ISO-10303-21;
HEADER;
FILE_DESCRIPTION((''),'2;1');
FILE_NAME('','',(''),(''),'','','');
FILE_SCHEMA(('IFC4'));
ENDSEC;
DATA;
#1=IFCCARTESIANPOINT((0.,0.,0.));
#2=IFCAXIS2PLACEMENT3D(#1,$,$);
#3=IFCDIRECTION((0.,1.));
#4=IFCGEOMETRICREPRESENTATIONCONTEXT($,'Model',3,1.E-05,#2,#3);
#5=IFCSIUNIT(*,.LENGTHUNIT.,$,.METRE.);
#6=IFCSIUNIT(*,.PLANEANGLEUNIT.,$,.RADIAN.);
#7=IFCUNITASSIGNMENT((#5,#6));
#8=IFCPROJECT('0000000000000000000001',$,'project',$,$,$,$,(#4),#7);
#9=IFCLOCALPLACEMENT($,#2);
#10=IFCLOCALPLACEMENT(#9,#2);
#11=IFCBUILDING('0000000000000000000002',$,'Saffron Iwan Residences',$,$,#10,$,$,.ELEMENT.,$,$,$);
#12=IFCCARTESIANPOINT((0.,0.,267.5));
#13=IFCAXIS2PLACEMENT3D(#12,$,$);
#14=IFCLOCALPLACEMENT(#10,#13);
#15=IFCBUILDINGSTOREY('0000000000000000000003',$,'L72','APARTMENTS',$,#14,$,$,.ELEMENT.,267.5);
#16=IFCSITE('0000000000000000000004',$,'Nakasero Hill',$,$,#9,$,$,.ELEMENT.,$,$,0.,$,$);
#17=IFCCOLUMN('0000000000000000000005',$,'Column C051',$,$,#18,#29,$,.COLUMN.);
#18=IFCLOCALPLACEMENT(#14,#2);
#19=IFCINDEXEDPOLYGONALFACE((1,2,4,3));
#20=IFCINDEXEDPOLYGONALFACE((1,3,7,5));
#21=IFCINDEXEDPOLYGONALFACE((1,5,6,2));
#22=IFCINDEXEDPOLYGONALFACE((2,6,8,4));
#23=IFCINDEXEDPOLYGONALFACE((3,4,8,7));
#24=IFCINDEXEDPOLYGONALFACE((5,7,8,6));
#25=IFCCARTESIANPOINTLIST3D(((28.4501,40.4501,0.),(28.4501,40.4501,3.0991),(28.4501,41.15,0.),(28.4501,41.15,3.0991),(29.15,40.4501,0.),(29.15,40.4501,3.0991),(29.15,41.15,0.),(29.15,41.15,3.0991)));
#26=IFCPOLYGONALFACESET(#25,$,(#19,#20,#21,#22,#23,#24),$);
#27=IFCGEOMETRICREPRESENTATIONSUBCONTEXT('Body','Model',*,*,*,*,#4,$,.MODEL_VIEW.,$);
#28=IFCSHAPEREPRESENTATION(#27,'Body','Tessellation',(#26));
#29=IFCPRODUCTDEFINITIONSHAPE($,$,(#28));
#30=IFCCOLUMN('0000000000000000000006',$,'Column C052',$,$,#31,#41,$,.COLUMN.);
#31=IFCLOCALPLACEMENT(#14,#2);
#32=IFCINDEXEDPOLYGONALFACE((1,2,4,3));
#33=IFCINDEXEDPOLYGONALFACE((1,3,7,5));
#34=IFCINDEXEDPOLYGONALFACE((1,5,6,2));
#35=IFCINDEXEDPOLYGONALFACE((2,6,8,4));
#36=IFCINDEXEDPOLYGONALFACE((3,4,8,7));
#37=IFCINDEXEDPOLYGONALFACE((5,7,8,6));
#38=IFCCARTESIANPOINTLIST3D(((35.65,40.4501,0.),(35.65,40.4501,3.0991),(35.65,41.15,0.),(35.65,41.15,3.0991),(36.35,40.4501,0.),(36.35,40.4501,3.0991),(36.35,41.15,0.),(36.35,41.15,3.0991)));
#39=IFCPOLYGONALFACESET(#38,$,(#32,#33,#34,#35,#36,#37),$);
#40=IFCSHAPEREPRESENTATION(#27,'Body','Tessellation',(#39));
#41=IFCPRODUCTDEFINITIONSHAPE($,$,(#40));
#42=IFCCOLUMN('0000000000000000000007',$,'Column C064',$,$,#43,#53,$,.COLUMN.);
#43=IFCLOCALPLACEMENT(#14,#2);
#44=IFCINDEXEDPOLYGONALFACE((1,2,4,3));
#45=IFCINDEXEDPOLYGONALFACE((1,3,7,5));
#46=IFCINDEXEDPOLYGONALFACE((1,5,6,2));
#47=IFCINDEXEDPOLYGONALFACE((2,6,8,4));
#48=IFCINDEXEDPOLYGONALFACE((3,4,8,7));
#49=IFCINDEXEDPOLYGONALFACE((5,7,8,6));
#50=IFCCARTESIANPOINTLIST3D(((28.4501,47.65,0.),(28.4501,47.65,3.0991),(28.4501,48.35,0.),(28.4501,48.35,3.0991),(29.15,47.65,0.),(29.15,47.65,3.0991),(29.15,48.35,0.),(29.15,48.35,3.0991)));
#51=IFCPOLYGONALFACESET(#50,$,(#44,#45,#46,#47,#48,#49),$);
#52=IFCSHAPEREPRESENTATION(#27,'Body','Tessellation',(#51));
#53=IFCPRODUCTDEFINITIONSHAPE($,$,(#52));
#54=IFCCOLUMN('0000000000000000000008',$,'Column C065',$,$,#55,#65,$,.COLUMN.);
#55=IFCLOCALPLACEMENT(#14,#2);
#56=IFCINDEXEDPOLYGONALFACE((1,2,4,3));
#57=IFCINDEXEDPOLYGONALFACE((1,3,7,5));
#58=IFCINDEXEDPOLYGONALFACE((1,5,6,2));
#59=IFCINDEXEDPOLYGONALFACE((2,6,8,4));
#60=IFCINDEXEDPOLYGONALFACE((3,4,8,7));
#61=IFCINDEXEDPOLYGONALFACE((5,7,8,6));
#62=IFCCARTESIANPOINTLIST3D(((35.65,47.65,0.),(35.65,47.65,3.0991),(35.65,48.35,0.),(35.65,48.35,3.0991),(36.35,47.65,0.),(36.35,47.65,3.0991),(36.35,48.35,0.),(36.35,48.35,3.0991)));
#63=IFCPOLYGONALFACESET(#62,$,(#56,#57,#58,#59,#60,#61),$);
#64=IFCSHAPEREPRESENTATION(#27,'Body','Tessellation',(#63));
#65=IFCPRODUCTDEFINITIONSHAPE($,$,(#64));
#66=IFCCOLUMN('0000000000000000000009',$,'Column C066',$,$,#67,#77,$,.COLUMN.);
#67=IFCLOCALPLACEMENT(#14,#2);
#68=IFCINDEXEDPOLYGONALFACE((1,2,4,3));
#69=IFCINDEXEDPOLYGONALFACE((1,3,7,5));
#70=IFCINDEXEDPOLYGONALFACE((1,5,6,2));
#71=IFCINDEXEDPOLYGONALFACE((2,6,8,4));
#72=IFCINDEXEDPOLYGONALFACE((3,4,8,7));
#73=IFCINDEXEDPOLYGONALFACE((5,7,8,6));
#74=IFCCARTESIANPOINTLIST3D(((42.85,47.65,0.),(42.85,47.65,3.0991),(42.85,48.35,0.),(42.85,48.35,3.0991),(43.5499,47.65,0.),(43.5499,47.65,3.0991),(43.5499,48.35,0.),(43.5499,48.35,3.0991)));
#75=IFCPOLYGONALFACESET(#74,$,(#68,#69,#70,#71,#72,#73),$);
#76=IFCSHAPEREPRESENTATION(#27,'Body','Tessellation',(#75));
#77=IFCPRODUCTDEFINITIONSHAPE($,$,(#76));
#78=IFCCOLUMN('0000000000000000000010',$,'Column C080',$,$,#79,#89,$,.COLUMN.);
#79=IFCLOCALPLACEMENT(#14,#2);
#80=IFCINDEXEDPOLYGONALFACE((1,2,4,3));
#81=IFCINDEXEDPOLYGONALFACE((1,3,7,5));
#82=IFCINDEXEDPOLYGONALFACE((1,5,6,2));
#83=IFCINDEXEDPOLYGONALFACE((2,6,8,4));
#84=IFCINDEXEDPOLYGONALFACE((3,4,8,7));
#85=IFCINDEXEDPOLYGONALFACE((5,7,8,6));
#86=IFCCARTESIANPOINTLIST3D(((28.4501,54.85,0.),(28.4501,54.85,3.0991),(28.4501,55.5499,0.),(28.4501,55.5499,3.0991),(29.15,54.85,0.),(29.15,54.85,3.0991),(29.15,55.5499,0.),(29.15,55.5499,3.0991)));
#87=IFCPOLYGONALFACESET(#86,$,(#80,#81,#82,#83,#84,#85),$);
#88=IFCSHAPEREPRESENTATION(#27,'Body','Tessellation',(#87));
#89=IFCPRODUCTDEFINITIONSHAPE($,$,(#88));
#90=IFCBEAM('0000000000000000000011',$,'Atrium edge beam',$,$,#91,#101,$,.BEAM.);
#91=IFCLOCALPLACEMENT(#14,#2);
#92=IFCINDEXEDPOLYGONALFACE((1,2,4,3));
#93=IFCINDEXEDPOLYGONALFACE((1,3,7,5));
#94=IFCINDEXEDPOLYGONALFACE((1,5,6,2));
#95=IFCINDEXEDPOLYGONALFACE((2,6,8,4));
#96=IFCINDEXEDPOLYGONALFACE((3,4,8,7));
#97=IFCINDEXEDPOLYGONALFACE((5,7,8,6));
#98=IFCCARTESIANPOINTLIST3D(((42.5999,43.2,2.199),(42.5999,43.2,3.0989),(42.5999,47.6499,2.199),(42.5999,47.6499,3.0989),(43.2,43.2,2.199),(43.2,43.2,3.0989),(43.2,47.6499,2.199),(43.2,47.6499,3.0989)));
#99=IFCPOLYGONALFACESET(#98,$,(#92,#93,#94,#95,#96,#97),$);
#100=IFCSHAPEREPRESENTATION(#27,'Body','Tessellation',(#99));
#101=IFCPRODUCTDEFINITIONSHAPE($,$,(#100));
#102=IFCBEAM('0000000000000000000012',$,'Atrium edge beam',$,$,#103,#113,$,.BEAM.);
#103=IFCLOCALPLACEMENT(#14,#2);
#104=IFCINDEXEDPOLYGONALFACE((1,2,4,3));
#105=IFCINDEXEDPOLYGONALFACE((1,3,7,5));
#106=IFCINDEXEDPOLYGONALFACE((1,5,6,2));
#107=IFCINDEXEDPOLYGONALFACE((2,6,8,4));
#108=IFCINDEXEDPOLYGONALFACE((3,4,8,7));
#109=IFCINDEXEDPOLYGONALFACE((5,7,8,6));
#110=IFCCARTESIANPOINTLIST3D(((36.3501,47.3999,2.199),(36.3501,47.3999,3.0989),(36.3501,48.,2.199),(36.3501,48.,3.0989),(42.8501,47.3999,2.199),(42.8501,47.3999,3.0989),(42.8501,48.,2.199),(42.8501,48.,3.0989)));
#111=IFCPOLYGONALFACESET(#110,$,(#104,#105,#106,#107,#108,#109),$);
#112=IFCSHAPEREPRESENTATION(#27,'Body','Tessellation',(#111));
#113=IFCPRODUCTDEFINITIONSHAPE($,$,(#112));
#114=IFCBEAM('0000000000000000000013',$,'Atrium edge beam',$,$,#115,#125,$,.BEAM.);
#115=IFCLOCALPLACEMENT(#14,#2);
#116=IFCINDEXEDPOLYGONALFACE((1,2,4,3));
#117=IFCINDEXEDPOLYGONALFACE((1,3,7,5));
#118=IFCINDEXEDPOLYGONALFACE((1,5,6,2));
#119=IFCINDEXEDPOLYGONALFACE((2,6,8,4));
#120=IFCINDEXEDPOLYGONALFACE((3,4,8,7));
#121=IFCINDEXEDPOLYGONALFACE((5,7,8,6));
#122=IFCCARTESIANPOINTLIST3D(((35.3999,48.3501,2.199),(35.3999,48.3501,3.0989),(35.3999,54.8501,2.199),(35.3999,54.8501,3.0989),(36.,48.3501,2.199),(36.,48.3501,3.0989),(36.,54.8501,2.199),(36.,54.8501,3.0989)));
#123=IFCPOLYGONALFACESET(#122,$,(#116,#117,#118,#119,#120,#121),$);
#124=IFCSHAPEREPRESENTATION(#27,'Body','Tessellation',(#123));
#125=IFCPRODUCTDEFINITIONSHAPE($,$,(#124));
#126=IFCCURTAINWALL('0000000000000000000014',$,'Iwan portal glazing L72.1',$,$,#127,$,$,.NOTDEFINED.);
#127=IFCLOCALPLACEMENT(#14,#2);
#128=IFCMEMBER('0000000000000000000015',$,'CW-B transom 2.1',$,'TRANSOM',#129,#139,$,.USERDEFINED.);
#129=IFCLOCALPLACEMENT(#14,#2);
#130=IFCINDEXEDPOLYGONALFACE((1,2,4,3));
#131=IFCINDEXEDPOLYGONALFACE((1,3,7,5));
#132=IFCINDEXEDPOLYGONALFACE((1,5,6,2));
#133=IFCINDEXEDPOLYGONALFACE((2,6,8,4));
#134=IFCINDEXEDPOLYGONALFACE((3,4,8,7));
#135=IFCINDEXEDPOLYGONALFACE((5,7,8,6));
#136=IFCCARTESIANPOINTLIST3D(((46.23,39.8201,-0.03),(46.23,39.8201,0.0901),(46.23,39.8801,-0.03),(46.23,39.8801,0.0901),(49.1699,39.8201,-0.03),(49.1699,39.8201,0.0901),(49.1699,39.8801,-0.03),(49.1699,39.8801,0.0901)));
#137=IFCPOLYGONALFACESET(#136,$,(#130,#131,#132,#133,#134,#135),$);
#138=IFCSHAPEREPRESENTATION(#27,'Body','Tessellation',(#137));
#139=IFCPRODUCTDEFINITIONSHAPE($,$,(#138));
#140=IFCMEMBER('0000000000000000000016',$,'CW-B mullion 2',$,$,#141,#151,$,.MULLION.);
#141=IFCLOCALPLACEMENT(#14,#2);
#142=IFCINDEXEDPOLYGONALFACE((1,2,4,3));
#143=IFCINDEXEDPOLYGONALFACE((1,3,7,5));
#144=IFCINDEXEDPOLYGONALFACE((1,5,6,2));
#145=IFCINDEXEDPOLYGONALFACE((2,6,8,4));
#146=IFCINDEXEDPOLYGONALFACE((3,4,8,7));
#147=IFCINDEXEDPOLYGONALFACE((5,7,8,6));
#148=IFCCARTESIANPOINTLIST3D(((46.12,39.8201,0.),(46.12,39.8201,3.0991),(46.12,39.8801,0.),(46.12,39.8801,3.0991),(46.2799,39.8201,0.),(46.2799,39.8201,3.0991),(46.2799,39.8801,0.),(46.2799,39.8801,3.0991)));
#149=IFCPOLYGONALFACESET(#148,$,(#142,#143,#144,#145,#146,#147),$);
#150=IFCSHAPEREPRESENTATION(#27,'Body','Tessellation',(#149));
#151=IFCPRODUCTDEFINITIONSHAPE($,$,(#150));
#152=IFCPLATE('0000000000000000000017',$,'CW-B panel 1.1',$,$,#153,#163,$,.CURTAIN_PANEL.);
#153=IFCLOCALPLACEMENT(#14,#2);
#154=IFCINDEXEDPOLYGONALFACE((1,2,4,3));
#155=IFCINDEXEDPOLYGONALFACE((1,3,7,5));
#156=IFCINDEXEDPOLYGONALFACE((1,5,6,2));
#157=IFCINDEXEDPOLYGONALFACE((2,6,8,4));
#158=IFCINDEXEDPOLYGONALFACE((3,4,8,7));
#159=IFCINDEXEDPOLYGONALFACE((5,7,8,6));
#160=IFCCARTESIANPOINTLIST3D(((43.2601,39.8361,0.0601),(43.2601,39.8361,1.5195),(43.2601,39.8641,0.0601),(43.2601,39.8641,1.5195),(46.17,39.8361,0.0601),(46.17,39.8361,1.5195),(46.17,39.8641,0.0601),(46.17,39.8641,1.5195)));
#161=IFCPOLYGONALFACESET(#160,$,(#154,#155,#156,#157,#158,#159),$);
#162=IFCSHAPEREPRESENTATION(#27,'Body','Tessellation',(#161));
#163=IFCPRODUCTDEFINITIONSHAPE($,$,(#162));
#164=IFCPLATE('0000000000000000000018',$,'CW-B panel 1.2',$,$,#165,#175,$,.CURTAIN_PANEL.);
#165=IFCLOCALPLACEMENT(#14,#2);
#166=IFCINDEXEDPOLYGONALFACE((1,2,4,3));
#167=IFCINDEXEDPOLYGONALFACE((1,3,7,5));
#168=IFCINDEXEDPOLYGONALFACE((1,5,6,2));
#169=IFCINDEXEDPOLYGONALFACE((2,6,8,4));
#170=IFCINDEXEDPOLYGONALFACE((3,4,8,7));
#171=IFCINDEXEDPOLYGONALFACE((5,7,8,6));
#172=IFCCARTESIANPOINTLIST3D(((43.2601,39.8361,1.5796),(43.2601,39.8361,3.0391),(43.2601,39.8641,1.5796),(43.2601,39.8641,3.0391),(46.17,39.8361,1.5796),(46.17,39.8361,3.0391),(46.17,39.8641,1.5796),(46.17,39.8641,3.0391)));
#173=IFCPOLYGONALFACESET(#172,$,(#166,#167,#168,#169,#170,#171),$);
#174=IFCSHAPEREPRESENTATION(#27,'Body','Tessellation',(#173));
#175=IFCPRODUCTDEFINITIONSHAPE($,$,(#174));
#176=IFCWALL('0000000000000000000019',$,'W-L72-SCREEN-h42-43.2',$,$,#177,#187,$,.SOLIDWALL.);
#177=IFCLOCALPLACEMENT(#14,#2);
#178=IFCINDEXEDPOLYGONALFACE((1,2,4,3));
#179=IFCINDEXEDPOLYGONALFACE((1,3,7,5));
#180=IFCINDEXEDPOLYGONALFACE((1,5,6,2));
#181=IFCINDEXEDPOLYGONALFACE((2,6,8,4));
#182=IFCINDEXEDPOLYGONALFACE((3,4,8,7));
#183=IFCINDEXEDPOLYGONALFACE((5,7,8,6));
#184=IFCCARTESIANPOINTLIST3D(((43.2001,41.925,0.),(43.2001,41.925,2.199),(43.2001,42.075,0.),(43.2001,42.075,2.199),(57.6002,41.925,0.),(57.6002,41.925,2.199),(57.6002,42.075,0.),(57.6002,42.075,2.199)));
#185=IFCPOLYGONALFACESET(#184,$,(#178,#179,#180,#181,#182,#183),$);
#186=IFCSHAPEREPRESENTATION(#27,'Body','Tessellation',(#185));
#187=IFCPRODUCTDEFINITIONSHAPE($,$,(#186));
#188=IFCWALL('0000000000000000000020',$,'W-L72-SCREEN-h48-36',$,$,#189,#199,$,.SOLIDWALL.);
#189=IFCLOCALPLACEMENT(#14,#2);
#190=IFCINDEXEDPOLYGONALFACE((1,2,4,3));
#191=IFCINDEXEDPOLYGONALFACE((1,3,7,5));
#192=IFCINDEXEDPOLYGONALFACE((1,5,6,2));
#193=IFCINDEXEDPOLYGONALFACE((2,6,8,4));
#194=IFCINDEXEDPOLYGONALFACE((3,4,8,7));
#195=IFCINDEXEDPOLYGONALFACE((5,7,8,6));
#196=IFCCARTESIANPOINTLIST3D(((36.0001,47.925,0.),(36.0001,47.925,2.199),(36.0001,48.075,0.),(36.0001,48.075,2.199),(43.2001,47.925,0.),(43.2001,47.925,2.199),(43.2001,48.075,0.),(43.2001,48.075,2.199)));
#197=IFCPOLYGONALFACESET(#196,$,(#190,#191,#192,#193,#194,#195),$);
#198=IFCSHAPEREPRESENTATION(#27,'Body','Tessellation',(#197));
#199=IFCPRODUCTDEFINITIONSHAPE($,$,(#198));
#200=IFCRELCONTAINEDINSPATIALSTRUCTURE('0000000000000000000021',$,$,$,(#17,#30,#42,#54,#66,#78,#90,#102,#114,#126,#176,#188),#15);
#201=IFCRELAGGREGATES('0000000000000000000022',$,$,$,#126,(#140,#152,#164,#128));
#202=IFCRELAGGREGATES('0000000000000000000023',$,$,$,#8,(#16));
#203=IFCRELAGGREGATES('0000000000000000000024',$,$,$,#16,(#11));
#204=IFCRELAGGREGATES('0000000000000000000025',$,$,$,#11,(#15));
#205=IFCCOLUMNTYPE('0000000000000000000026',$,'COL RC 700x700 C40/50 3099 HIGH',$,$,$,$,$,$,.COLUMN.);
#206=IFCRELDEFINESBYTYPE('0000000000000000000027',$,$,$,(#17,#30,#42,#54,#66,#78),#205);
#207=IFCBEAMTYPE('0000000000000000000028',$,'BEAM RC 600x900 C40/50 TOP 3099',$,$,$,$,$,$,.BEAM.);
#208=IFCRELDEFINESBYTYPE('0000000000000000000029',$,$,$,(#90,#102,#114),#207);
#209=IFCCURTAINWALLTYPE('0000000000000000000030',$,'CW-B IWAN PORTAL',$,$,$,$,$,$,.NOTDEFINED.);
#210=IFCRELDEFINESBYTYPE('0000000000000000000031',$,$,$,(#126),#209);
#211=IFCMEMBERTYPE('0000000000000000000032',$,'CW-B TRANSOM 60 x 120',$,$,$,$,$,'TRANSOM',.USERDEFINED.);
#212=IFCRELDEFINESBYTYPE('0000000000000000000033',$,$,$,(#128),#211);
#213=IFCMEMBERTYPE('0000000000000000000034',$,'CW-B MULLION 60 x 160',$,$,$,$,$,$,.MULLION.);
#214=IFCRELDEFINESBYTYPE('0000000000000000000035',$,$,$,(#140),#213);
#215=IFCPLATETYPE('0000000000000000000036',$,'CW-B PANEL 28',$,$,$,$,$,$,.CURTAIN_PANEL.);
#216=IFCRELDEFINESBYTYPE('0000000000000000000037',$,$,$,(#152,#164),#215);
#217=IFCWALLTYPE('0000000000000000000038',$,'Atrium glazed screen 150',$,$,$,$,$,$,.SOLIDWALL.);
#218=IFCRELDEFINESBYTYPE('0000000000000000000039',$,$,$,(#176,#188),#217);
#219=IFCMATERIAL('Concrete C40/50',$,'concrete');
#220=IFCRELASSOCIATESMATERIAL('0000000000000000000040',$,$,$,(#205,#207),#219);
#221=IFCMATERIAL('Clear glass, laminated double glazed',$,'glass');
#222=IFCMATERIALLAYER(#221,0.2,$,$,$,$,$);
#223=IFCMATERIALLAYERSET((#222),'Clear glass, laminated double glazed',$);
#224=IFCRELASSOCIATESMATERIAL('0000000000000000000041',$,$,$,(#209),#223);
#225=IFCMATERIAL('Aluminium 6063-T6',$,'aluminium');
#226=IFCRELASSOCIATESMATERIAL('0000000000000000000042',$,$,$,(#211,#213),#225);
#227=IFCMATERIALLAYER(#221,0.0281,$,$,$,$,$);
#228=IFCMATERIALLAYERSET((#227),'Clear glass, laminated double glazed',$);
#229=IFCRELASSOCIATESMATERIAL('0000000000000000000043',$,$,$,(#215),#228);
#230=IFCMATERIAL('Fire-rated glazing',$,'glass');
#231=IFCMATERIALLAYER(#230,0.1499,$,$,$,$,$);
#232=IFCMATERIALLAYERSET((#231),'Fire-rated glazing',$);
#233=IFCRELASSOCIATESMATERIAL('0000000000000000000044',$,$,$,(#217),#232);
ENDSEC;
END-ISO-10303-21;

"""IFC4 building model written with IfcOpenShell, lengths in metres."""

from ifc_helpers import new_model, si_unit, direction, frame, frame_2d, origin, origin_2d, place, context, subcontext, project, spatial, rectangle, extrude, source, transform, mapped, material, layer, layer_set, material_profile, profile_set, type_object, element, aggregate, save


model = new_model("IFC4")

# Units and contexts
model_context = context("Model", 3, precision=1e-05, world=origin(), true_north=direction((0.0, 1.0)))
body_context = subcontext(model_context, "Body", "Model", "MODEL_VIEW")
ifc_project = project(units=[si_unit("LENGTHUNIT", "METRE"), si_unit("PLANEANGLEUNIT", "RADIAN")], contexts=[model_context])

# Site, building, storey
site_placement = place(None, origin())
site = spatial("IfcSite", under=ifc_project, at=site_placement, Name="Nakasero Hill", CompositionType="ELEMENT", RefElevation=0.0)
building_placement = place(site_placement, origin())
building = spatial("IfcBuilding", under=site, at=building_placement, Name="Saffron Iwan Residences", CompositionType="ELEMENT")
storey_placement = place(building_placement, frame((0.0, 0.0, 267.5)))
storey = spatial("IfcBuildingStorey", under=building, at=storey_placement, Name="L72", Description="APARTMENTS", CompositionType="ELEMENT", Elevation=267.5)

# Columns
ifc_material_1 = material(Name="Concrete C40/50", Category="concrete")
ifc_material_profile_1 = material_profile(ifc_material_1, rectangle(XDim=0.7, YDim=0.7, at=origin_2d()), Name="RC 700x700")
ifc_profile_set_1 = profile_set([ifc_material_profile_1], Name="Concrete C40/50")
column_type = type_object("IfcColumnType", Name="COL RC 700x700 C40/50 3099 HIGH", PredefinedType="COLUMN", material=ifc_profile_set_1)
shared_shape_1 = source(origin(), body_context, "Body", "SweptSolid", [
    extrude(rectangle(XDim=0.7, YDim=0.7, at=origin_2d()), origin(), (0.0, 0.0, 1.0), 3.0991),
])
for number, where, z_axis, x_axis, name in (
    (1, (28.8, 40.8, 0.0), (0.0, 0.0, 1.0), (1.0, 0.0, 0.0), "Column C051"),
    (2, (36.0, 40.8, 0.0), (0.0, 0.0, 1.0), (1.0, 0.0, 0.0), "Column C052"),
    (3, (28.8, 48.0, 0.0), (0.0, 0.0, 1.0), (1.0, 0.0, 0.0), "Column C064"),
    (4, (36.0, 48.0, 0.0), (0.0, 0.0, 1.0), (1.0, 0.0, 0.0), "Column C065"),
    (5, (43.2, 48.0, 0.0), (0.0, 0.0, 1.0), (1.0, 0.0, 0.0), "Column C066"),
    (6, (28.8, 55.2, 0.0), (0.0, 0.0, 1.0), (1.0, 0.0, 0.0), "Column C080"),
):
    element("IfcColumn", number, at=place(storey_placement, frame(where, z_axis=z_axis, x_axis=x_axis)), inside=storey, type_object=column_type, Name=name, PredefinedType="COLUMN", context=body_context, shape_type="MappedRepresentation", body=[
        mapped(shared_shape_1, transform((0.0, 0.0, 0.0))),
    ])

# Beams
ifc_material_profile_2 = material_profile(ifc_material_1, rectangle(XDim=0.6001, YDim=0.8999, at=origin_2d()), Name="RC 600x900")
ifc_profile_set_2 = profile_set([ifc_material_profile_2], Name="Concrete C40/50")
beam_type = type_object("IfcBeamType", Name="BEAM RC 600x900 C40/50 TOP 3099", PredefinedType="BEAM", material=ifc_profile_set_2)
shared_shape_2 = source(origin(), body_context, "Body", "SweptSolid", [
    extrude(rectangle(XDim=0.6001, YDim=0.8999, at=origin_2d()), origin(), (0.0, 0.0, 1.0), 4.45),
])
beam_placement = place(storey_placement, frame((42.8999, 43.2, 2.6489), z_axis=(0.0, 1.0, 0.0), x_axis=(-1.0, 0.0, 0.0)))
element("IfcBeam", 7, at=beam_placement, inside=storey, type_object=beam_type, Name="Atrium edge beam", PredefinedType="BEAM", context=body_context, shape_type="MappedRepresentation", body=[
    mapped(shared_shape_2, transform((0.0, 0.0, 0.0))),
])
shared_shape_3 = source(origin(), body_context, "Body", "SweptSolid", [
    extrude(rectangle(XDim=0.6001, YDim=0.8999, at=origin_2d()), origin(), (0.0, 0.0, 1.0), 6.5),
])
for number, where, z_axis, x_axis, name in (
    (8, (42.8501, 47.7, 2.6489), (-1.0, 0.0, 0.0), (0.0, -1.0, 0.0), "Atrium edge beam"),
    (9, (35.7, 48.3501, 2.6489), (0.0, 1.0, 0.0), (-1.0, 0.0, 0.0), "Atrium edge beam"),
):
    element("IfcBeam", number, at=place(storey_placement, frame(where, z_axis=z_axis, x_axis=x_axis)), inside=storey, type_object=beam_type, Name=name, PredefinedType="BEAM", context=body_context, shape_type="MappedRepresentation", body=[
        mapped(shared_shape_3, transform((0.0, 0.0, 0.0))),
    ])

# Curtain wall, members, plates
ifc_material_2 = material(Name="Clear glass, laminated double glazed", Category="glass")
ifc_layer_1 = layer(ifc_material_2, 0.2)
ifc_layer_set_1 = layer_set([ifc_layer_1], Name="Clear glass, laminated double glazed")
curtain_wall_type = type_object("IfcCurtainWallType", Name="CW-B IWAN PORTAL", PredefinedType="NOTDEFINED", material=ifc_layer_set_1)
curtain_wall_placement = place(storey_placement, origin())
curtain_wall = element("IfcCurtainWall", 10, at=curtain_wall_placement, inside=storey, type_object=curtain_wall_type, Name="Iwan portal glazing L72.1", PredefinedType="NOTDEFINED")
ifc_material_3 = material(Name="Aluminium 6063-T6", Category="aluminium")
ifc_material_profile_3 = material_profile(ifc_material_3, rectangle(XDim=0.0601, YDim=0.1201, at=origin_2d()), Name="CW-B TRANSOM 60 x 120")
ifc_profile_set_3 = profile_set([ifc_material_profile_3], Name="Aluminium 6063-T6")
member_type_1 = type_object("IfcMemberType", Name="CW-B TRANSOM 60 x 120", ElementType="TRANSOM", PredefinedType="USERDEFINED", material=ifc_profile_set_3)
shared_shape_4 = source(origin(), body_context, "Body", "SweptSolid", [
    extrude(rectangle(XDim=0.0601, YDim=0.1201, at=origin_2d()), origin(), (0.0, 0.0, 1.0), 2.9399),
])
member_1_placement = place(storey_placement, frame((46.23, 39.8501, 0.03), z_axis=(1.0, 0.0, 0.0), x_axis=(0.0, 1.0, 0.0)))
member_1 = element("IfcMember", 11, at=member_1_placement, type_object=member_type_1, Name="CW-B transom 2.1", ObjectType="TRANSOM", PredefinedType="USERDEFINED", context=body_context, shape_type="MappedRepresentation", body=[
    mapped(shared_shape_4, transform((0.0, 0.0, 0.0))),
])
ifc_material_profile_4 = material_profile(ifc_material_3, rectangle(XDim=0.0601, YDim=0.1599, at=origin_2d()), Name="CW-B MULLION 60 x 160")
ifc_profile_set_4 = profile_set([ifc_material_profile_4], Name="Aluminium 6063-T6")
member_type_2 = type_object("IfcMemberType", Name="CW-B MULLION 60 x 160", PredefinedType="MULLION", material=ifc_profile_set_4)
shared_shape_5 = source(origin(), body_context, "Body", "SweptSolid", [
    extrude(rectangle(XDim=0.0601, YDim=0.1599, at=origin_2d()), origin(), (0.0, 0.0, 1.0), 3.0991),
])
member_2_placement = place(storey_placement, frame((46.2, 39.8501, 0.0), z_axis=(0.0, 0.0, 1.0), x_axis=(0.0, 1.0, 0.0)))
member_2 = element("IfcMember", 12, at=member_2_placement, type_object=member_type_2, Name="CW-B mullion 2", PredefinedType="MULLION", context=body_context, shape_type="MappedRepresentation", body=[
    mapped(shared_shape_5, transform((0.0, 0.0, 0.0))),
])
ifc_layer_2 = layer(ifc_material_2, 0.0281)
ifc_layer_set_2 = layer_set([ifc_layer_2], Name="Clear glass, laminated double glazed")
plate_type = type_object("IfcPlateType", Name="CW-B PANEL 28", PredefinedType="CURTAIN_PANEL", material=ifc_layer_set_2)
shared_shape_6 = source(origin(), body_context, "Body", "SweptSolid", [
    extrude(rectangle(XDim=2.9099, YDim=0.0281, at=origin_2d()), origin(), (0.0, 0.0, 1.0), 1.4595),
])
plate_1_placement = place(storey_placement, frame((44.7151, 39.8501, 0.0601), z_axis=(0.0, 0.0, 1.0), x_axis=(1.0, 0.0, 0.0)))
plate_1 = element("IfcPlate", 13, at=plate_1_placement, type_object=plate_type, Name="CW-B panel 1.1", PredefinedType="CURTAIN_PANEL", context=body_context, shape_type="MappedRepresentation", body=[
    mapped(shared_shape_6, transform((0.0, 0.0, 0.0))),
])
plate_2_placement = place(storey_placement, frame((44.7151, 39.8501, 1.5796), z_axis=(0.0, 0.0, 1.0), x_axis=(1.0, 0.0, 0.0)))
plate_2 = element("IfcPlate", 14, at=plate_2_placement, type_object=plate_type, Name="CW-B panel 1.2", PredefinedType="CURTAIN_PANEL", context=body_context, shape_type="MappedRepresentation", body=[
    mapped(shared_shape_6, transform((0.0, 0.0, 0.0))),
])
aggregate(curtain_wall, [member_2, plate_1, plate_2, member_1])

# Walls
ifc_material_4 = material(Name="Fire-rated glazing", Category="glass")
ifc_layer_3 = layer(ifc_material_4, 0.1499)
ifc_layer_set_3 = layer_set([ifc_layer_3], Name="Fire-rated glazing")
wall_type_1 = type_object("IfcWallType", Name="Atrium glazed screen 150", PredefinedType="SOLIDWALL", material=ifc_layer_set_3)
wall_1_placement = place(storey_placement, frame((43.2, 42.0, 0.0), z_axis=(0.0, 0.0, 1.0), x_axis=(1.0, 0.0, 0.0)))
element("IfcWall", 15, at=wall_1_placement, inside=storey, type_object=wall_type_1, Name="W-L72-SCREEN-h42-43.2", PredefinedType="SOLIDWALL", context=body_context, shape_type="SweptSolid", body=[
    extrude(rectangle(XDim=14.4001, YDim=0.1499, at=frame_2d((7.2002, 0.0))), origin(), (0.0, 0.0, 1.0), 2.199),
])
wall_2_placement = place(storey_placement, frame((36.0, 48.0, 0.0), z_axis=(0.0, 0.0, 1.0), x_axis=(1.0, 0.0, 0.0)))
element("IfcWall", 16, at=wall_2_placement, inside=storey, type_object=wall_type_1, Name="W-L72-SCREEN-h48-36", PredefinedType="SOLIDWALL", context=body_context, shape_type="SweptSolid", body=[
    extrude(rectangle(XDim=7.2, YDim=0.1499, at=frame_2d((3.6001, 0.0))), origin(), (0.0, 0.0, 1.0), 2.199),
])

save(model, "model.ifc")
